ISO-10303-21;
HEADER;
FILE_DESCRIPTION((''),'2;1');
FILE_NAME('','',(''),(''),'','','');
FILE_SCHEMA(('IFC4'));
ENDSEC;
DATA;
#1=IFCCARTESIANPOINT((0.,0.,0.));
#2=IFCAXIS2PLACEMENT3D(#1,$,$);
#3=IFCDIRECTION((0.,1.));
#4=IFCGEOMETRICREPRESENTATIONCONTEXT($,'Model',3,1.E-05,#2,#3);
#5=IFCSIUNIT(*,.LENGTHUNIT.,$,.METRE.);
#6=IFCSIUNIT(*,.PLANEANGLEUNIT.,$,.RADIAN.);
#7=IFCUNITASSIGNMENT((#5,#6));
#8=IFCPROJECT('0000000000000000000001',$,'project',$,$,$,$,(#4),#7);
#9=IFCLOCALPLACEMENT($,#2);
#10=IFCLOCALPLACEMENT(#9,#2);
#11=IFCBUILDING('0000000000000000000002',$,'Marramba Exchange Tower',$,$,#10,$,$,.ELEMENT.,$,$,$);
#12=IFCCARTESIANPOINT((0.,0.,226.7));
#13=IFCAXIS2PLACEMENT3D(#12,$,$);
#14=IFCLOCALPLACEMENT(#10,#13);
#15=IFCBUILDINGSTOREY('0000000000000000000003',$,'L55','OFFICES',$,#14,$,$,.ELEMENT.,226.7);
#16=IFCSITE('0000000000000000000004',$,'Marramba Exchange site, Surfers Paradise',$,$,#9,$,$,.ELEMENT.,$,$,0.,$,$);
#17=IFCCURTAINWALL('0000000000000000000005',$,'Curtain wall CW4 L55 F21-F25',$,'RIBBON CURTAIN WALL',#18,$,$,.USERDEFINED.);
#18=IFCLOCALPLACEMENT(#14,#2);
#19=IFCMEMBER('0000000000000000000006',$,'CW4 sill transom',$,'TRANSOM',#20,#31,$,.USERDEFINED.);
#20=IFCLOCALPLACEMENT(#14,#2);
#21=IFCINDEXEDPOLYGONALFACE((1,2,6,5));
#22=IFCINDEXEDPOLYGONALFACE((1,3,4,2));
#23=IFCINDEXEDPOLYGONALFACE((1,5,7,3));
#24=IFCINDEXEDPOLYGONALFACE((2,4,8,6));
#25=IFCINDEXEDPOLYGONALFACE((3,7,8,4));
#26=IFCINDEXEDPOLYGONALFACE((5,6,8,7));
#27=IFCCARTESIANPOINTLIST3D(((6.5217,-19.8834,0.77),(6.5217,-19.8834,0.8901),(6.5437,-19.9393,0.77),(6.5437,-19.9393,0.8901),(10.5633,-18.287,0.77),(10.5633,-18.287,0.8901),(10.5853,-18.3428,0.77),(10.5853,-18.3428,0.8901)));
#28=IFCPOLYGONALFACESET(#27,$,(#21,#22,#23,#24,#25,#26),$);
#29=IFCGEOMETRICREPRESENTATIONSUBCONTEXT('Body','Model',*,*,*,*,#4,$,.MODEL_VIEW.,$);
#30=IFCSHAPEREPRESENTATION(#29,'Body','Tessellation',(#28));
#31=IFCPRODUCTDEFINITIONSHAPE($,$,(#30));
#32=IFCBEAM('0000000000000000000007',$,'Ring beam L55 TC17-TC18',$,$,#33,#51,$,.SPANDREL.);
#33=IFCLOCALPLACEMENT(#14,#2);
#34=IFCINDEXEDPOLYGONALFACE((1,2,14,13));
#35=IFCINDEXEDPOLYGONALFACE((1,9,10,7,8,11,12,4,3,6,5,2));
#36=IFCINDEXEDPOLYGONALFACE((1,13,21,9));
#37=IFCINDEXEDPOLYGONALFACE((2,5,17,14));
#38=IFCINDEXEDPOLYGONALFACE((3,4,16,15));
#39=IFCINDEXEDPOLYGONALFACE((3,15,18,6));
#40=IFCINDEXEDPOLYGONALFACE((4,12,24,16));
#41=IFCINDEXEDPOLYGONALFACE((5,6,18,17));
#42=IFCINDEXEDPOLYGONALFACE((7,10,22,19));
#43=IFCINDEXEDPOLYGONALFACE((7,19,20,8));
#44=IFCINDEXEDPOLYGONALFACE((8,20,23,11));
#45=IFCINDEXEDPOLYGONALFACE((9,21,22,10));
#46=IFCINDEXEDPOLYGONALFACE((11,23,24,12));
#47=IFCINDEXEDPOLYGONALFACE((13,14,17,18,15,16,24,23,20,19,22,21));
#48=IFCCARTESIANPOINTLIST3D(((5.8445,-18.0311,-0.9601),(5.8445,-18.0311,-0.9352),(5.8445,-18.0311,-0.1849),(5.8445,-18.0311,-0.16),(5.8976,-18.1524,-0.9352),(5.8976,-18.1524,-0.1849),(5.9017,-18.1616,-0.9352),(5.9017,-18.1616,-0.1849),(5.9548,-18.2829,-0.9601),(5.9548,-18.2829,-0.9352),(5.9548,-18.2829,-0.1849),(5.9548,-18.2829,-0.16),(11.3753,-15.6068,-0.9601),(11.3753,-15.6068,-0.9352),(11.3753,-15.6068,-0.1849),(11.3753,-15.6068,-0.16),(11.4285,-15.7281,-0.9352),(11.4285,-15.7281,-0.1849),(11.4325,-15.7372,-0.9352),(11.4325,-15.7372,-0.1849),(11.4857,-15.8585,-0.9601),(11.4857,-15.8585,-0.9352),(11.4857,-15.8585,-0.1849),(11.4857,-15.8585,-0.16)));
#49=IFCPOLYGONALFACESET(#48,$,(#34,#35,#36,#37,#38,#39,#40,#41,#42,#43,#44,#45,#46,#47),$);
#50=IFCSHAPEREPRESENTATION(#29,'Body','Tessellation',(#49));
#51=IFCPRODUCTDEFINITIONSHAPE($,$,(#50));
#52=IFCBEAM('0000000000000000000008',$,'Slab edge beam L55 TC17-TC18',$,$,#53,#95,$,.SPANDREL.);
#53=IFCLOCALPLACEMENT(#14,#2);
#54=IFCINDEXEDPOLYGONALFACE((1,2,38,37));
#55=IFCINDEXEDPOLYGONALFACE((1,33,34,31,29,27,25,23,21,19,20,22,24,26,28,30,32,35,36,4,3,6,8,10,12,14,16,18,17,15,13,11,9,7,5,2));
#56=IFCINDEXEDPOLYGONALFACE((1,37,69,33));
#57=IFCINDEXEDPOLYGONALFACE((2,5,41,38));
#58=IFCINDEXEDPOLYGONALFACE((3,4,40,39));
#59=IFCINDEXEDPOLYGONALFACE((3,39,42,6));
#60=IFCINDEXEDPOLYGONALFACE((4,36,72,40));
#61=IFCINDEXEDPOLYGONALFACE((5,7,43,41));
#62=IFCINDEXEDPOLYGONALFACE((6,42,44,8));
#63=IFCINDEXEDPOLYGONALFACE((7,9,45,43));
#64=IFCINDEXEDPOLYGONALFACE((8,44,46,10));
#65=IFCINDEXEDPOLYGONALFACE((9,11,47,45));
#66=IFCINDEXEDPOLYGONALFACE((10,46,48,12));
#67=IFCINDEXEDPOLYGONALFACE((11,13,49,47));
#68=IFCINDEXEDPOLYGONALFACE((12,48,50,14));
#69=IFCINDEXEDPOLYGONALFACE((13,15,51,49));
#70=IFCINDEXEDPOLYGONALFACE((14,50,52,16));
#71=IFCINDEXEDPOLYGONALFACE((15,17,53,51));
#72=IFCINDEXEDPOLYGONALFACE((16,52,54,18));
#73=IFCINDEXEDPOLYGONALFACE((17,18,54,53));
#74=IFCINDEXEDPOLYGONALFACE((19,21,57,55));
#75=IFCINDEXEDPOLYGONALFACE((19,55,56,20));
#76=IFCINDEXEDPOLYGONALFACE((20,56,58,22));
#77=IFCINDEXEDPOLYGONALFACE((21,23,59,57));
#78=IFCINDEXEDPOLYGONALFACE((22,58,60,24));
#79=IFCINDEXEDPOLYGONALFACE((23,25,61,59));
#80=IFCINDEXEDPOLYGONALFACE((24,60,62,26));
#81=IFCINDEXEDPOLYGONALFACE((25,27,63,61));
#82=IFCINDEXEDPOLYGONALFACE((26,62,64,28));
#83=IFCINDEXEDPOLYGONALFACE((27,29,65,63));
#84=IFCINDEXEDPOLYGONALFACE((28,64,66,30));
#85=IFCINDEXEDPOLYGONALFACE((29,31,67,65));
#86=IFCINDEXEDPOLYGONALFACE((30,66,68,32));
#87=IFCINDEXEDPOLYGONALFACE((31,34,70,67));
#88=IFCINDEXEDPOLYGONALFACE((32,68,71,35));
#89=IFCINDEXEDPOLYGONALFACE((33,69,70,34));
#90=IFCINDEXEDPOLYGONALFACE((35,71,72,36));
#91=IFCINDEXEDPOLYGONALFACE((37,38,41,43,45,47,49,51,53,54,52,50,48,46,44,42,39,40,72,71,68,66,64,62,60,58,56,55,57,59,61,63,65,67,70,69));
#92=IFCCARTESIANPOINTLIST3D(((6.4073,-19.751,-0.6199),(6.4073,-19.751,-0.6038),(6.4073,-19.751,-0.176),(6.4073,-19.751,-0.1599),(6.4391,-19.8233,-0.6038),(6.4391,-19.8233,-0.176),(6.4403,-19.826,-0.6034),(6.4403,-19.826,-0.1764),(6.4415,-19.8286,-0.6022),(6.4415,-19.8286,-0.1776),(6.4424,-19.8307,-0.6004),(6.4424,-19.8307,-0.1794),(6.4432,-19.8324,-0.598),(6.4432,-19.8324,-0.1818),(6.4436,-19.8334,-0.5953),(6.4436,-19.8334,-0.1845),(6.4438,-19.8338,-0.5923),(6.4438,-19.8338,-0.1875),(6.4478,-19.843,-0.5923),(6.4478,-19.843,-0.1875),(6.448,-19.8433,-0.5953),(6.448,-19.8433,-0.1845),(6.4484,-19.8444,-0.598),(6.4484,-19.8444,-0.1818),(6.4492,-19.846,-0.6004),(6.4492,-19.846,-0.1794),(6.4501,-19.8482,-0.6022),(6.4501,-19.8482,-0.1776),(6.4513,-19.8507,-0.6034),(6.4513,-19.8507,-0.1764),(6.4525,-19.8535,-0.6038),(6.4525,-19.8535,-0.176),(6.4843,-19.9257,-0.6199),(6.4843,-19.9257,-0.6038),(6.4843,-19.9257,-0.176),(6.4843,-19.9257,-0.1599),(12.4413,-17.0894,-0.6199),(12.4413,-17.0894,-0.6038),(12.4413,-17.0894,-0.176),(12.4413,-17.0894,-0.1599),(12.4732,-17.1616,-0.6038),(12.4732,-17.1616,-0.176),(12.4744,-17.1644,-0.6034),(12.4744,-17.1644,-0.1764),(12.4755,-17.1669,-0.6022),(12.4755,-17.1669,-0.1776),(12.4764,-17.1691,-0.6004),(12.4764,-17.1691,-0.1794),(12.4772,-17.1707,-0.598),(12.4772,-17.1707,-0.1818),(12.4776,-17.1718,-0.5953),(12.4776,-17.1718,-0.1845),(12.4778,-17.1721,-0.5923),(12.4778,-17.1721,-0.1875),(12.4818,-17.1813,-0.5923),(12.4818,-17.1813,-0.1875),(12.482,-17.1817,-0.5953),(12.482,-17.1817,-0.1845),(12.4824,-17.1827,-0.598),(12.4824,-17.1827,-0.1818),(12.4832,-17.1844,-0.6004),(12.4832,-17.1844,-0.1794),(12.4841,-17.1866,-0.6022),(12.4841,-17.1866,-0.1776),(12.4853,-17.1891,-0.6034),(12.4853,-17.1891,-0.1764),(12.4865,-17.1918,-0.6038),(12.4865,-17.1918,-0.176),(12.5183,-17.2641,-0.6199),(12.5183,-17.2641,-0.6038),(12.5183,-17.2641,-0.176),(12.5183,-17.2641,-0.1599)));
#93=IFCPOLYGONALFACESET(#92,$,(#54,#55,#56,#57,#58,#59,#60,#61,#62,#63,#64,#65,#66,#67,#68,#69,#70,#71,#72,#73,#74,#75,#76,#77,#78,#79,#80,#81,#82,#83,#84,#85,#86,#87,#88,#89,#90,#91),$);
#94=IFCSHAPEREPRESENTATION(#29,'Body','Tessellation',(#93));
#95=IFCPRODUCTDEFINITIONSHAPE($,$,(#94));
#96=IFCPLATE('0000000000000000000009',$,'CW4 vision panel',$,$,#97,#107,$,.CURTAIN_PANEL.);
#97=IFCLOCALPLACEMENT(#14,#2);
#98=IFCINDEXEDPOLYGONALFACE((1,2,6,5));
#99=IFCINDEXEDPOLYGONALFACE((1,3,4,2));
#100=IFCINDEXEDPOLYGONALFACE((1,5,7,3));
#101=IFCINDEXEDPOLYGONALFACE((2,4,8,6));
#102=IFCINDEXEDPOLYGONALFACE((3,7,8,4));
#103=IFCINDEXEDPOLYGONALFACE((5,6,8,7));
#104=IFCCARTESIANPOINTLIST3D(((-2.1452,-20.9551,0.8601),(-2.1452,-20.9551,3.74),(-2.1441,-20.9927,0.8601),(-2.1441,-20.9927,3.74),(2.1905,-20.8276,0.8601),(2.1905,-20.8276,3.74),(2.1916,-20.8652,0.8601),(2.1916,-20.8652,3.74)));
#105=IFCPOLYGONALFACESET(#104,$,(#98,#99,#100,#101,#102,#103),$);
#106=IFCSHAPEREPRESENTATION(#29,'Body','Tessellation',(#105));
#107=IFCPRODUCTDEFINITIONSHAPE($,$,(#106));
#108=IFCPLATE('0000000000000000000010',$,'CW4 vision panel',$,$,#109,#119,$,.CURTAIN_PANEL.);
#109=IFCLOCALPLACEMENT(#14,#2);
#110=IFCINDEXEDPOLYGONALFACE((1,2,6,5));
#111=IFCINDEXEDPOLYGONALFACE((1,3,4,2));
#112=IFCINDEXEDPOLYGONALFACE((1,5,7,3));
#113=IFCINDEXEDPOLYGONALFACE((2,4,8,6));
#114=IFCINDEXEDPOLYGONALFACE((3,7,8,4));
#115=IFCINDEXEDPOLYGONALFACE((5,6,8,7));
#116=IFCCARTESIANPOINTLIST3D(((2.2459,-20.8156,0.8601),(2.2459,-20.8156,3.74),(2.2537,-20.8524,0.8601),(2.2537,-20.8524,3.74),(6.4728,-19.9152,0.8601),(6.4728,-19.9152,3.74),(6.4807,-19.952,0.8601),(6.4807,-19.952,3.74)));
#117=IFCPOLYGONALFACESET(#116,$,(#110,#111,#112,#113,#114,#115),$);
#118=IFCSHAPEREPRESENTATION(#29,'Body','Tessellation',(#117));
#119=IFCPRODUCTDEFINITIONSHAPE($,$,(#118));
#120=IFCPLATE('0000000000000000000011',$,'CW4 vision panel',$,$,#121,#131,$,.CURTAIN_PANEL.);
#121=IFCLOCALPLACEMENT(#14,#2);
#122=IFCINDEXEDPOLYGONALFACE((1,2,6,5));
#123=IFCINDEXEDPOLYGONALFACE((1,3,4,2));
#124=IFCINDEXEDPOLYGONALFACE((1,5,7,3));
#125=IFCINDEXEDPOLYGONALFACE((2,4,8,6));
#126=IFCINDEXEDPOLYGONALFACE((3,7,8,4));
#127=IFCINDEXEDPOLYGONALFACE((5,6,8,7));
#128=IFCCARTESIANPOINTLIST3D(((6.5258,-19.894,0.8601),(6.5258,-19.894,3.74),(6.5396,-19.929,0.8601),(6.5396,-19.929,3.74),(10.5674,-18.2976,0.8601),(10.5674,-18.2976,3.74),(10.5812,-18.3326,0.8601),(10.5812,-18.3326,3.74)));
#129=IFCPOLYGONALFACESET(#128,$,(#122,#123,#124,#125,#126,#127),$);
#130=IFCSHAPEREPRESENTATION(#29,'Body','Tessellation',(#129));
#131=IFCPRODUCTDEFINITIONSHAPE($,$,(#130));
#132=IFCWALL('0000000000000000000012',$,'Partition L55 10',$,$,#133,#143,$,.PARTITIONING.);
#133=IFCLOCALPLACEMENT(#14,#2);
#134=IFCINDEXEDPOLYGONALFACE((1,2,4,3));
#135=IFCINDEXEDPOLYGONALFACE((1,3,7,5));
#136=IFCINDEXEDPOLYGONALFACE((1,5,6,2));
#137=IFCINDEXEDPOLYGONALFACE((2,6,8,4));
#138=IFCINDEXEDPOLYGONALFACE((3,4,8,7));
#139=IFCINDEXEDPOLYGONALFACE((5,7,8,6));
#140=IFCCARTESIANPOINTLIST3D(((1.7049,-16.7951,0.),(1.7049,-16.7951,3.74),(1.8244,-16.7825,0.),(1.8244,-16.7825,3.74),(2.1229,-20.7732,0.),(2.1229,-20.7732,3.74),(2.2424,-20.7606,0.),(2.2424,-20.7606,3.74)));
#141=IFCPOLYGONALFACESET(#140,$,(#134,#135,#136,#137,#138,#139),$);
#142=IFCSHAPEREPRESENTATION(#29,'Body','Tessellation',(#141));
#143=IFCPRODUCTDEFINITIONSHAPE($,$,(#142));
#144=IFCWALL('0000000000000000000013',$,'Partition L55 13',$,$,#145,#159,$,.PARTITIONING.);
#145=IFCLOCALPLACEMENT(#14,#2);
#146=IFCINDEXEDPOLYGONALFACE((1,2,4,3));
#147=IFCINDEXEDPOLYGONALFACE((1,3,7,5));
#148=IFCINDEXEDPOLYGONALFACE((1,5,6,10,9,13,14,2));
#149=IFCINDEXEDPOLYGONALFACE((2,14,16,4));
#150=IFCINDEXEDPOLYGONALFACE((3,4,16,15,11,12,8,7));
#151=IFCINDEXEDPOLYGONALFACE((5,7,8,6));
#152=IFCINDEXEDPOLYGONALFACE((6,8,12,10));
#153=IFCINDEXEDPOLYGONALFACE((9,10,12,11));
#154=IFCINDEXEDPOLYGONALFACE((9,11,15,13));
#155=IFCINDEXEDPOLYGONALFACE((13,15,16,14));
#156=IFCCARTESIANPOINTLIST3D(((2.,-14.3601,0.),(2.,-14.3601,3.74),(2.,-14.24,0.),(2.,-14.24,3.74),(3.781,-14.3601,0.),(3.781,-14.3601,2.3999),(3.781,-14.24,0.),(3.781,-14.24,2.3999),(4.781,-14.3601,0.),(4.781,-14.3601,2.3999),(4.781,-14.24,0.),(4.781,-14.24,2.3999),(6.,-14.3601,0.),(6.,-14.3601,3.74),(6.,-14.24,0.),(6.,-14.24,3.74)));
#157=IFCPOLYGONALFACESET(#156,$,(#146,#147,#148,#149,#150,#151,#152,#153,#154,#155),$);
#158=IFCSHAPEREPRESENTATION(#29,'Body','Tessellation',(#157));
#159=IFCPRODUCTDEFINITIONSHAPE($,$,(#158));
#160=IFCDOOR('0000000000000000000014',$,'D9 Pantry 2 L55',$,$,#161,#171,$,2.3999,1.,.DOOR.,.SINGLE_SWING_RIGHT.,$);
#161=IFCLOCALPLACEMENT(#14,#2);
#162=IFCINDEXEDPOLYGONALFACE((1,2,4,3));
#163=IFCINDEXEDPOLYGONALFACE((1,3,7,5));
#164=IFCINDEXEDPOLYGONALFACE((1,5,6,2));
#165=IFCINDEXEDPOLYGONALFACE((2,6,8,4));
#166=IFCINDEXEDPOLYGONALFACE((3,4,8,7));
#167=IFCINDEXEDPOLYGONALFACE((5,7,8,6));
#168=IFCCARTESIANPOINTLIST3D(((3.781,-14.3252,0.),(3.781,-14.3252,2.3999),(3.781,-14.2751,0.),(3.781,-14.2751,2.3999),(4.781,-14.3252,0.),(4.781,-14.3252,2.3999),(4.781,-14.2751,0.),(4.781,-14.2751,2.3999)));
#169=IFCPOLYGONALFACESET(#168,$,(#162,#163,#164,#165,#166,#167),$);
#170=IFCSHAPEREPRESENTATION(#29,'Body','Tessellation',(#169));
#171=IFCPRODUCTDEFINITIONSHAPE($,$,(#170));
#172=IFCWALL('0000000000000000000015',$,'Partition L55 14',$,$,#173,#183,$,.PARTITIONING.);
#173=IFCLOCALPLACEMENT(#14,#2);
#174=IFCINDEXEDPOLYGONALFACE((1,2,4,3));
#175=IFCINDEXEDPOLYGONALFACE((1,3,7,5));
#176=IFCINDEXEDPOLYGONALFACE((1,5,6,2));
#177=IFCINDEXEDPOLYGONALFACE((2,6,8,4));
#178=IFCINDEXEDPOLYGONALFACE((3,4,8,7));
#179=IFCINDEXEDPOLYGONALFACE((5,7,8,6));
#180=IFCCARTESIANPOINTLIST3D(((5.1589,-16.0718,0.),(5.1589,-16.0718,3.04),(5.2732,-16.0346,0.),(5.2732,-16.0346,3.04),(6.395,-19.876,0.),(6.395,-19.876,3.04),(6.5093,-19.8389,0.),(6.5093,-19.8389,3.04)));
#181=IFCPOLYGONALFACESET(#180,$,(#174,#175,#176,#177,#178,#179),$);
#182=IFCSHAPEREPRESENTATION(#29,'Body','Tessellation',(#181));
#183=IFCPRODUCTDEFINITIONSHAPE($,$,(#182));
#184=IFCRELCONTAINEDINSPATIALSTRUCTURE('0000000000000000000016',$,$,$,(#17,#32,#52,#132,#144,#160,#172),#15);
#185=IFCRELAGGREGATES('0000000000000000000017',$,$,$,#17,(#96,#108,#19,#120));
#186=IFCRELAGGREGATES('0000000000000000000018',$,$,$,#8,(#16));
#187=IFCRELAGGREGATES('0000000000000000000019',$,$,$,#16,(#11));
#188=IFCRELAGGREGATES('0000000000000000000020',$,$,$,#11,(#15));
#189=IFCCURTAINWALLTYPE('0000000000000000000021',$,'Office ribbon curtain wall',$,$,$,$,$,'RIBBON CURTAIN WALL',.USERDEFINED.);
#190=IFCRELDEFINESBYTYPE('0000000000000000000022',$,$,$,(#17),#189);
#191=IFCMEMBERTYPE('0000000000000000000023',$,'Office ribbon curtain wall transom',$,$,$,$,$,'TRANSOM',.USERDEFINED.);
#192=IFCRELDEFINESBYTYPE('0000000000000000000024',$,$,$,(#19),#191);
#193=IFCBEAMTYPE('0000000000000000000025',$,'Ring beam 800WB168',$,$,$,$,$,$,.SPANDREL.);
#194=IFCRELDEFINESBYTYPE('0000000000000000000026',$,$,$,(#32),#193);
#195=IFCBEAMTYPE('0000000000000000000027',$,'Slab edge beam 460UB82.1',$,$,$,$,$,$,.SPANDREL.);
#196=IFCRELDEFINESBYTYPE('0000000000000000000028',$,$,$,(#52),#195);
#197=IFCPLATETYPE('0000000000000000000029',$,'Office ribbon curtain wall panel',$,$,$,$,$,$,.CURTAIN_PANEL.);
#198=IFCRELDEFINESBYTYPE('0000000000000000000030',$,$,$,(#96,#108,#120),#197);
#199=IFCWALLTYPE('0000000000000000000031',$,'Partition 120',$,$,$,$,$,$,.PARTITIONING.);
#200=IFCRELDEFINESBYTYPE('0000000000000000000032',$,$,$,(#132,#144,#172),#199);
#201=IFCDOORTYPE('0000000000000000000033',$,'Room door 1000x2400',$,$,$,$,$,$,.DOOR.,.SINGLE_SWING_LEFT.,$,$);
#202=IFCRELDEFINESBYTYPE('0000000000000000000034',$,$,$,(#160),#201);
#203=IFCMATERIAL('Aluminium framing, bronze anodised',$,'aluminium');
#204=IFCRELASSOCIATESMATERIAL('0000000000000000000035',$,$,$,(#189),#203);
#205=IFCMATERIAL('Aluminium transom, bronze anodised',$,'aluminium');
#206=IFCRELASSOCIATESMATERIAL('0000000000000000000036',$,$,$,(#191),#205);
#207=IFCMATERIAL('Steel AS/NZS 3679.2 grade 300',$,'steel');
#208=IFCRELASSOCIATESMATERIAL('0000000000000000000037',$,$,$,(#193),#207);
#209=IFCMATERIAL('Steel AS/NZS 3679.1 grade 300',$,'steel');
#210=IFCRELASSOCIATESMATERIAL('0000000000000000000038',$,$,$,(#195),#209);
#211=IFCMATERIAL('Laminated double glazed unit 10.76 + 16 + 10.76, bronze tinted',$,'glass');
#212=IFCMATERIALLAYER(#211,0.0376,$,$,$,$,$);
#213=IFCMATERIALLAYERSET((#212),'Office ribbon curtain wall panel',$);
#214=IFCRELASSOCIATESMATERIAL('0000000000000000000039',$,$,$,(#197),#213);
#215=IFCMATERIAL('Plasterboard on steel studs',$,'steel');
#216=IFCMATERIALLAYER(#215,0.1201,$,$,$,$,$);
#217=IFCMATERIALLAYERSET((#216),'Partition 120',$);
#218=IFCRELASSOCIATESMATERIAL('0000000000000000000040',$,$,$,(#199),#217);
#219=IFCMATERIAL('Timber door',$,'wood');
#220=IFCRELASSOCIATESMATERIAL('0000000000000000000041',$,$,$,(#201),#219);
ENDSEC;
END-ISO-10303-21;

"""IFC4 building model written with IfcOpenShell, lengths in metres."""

from ifc_helpers import new_model, si_unit, direction, frame, frame_2d, origin, origin_2d, place, context, subcontext, project, spatial, rectangle, i_section, extrude, material, layer, layer_set, material_profile, profile_set, type_object, element, fill, aggregate, save


model = new_model("IFC4")

# Units and contexts
model_context = context("Model", 3, precision=1e-05, world=origin(), true_north=direction((0.0, 1.0)))
body_context = subcontext(model_context, "Body", "Model", "MODEL_VIEW")
ifc_project = project(units=[si_unit("LENGTHUNIT", "METRE"), si_unit("PLANEANGLEUNIT", "RADIAN")], contexts=[model_context])

# Site, building, storey
site_placement = place(None, origin())
site = spatial("IfcSite", under=ifc_project, at=site_placement, Name="Marramba Exchange site, Surfers Paradise", CompositionType="ELEMENT", RefElevation=0.0)
building_placement = place(site_placement, origin())
building = spatial("IfcBuilding", under=site, at=building_placement, Name="Marramba Exchange Tower", CompositionType="ELEMENT")
storey_placement = place(building_placement, frame((0.0, 0.0, 226.7)))
storey = spatial("IfcBuildingStorey", under=building, at=storey_placement, Name="L55", Description="OFFICES", CompositionType="ELEMENT", Elevation=226.7)

# Shared definitions
ifc_material_1 = material(Name="Steel AS/NZS 3679.2 grade 300", Category="steel")
ifc_material_2 = material(Name="Steel AS/NZS 3679.1 grade 300", Category="steel")

# Curtain wall
ifc_material_3 = material(Name="Aluminium framing, bronze anodised", Category="aluminium")
curtain_wall_type = type_object("IfcCurtainWallType", Name="Office ribbon curtain wall", ElementType="RIBBON CURTAIN WALL", PredefinedType="USERDEFINED", material=ifc_material_3)
curtain_wall_1_placement = place(storey_placement, origin())
curtain_wall_1 = element("IfcCurtainWall", 1, at=curtain_wall_1_placement, inside=storey, type_object=curtain_wall_type, Name="Curtain wall CW4 L55 F21-F25", ObjectType="RIBBON CURTAIN WALL", PredefinedType="USERDEFINED")

# Member
ifc_material_4 = material(Name="Aluminium transom, bronze anodised", Category="aluminium")
ifc_material_profile_1 = material_profile(ifc_material_4, rectangle(XDim=0.0601, YDim=0.1201, at=origin_2d()), Name="CW4 transom 60x120")
ifc_profile_set_1 = profile_set([ifc_material_profile_1], Name="Aluminium transom, bronze anodised")
member_type_1 = type_object("IfcMemberType", Name="Office ribbon curtain wall transom", ElementType="TRANSOM", PredefinedType="USERDEFINED", material=ifc_profile_set_1)
member_1_placement = place(storey_placement, frame((6.5327, -19.9114, 0.8301), z_axis=(0.930068, 0.367387, 0.0), x_axis=(-0.367387, 0.930068, 0.0)))
member_1 = element("IfcMember", 2, at=member_1_placement, type_object=member_type_1, Name="CW4 sill transom", ObjectType="TRANSOM", PredefinedType="USERDEFINED", context=body_context, shape_type="SweptSolid", body=[
    extrude(rectangle(XDim=0.0601, YDim=0.1201, at=origin_2d()), origin(), (0.0, 0.0, 1.0), 4.3455),
])

# Beams
ifc_material_profile_2 = material_profile(ifc_material_1, i_section(OverallWidth=0.2749, OverallDepth=0.8, WebThickness=0.01, FlangeThickness=0.0249, at=origin_2d()), Name="800WB168")
ifc_profile_set_2 = profile_set([ifc_material_profile_2], Name="Steel AS/NZS 3679.2 grade 300")
beam_type_1 = type_object("IfcBeamType", Name="Ring beam 800WB168", PredefinedType="SPANDREL", material=ifc_profile_set_2)
beam_1_placement = place(storey_placement, frame((5.8997, -18.157, -0.5601), z_axis=(0.915877, 0.401459, 0.0), x_axis=(-0.401459, 0.915877, 0.0)))
element("IfcBeam", 3, at=beam_1_placement, inside=storey, type_object=beam_type_1, Name="Ring beam L55 TC17-TC18", PredefinedType="SPANDREL", context=body_context, shape_type="SweptSolid", body=[
    extrude(i_section(OverallWidth=0.2749, OverallDepth=0.8, WebThickness=0.01, FlangeThickness=0.0249, at=origin_2d()), origin(), (0.0, 0.0, 1.0), 6.0388),
])
ifc_material_profile_3 = material_profile(ifc_material_2, i_section(OverallWidth=0.1909, OverallDepth=0.46, WebThickness=0.01, FlangeThickness=0.0161, FilletRadius=0.0115, at=origin_2d()), Name="460UB82.1")
ifc_profile_set_3 = profile_set([ifc_material_profile_3], Name="Steel AS/NZS 3679.1 grade 300")
beam_type_2 = type_object("IfcBeamType", Name="Slab edge beam 460UB82.1", PredefinedType="SPANDREL", material=ifc_profile_set_3)
beam_2_placement = place(storey_placement, frame((6.4458, -19.8384, -0.3899), z_axis=(0.914941, 0.403588, 0.0), x_axis=(-0.403588, 0.914941, 0.0)))
element("IfcBeam", 4, at=beam_2_placement, inside=storey, type_object=beam_type_2, Name="Slab edge beam L55 TC17-TC18", PredefinedType="SPANDREL", context=body_context, shape_type="SweptSolid", body=[
    extrude(i_section(OverallWidth=0.1909, OverallDepth=0.46, WebThickness=0.01, FlangeThickness=0.0161, FilletRadius=0.0115, at=origin_2d()), origin(), (0.0, 0.0, 1.0), 6.595),
])

# Plates
ifc_material_5 = material(Name="Laminated double glazed unit 10.76 + 16 + 10.76, bronze tinted", Category="glass")
ifc_layer_1 = layer(ifc_material_5, 0.0376)
ifc_layer_set_1 = layer_set([ifc_layer_1], Name="Office ribbon curtain wall panel")
plate_type = type_object("IfcPlateType", Name="Office ribbon curtain wall panel", PredefinedType="CURTAIN_PANEL", material=ifc_layer_set_1)
plate_1_placement = place(storey_placement, frame((0.0232, -20.9102, 0.8601), z_axis=(0.0, 0.0, 1.0), x_axis=(0.999568, 0.029393, 0.0)))
plate_1 = element("IfcPlate", 5, at=plate_1_placement, type_object=plate_type, Name="CW4 vision panel", PredefinedType="CURTAIN_PANEL", context=body_context, shape_type="SweptSolid", body=[
    extrude(rectangle(XDim=4.3376, YDim=0.0376, at=origin_2d()), origin(), (0.0, 0.0, 1.0), 2.8799),
])
plate_2_placement = place(storey_placement, frame((4.3633, -20.3838, 0.8601), z_axis=(0.0, 0.0, 1.0), x_axis=(0.978058, 0.208332, 0.0)))
plate_2 = element("IfcPlate", 6, at=plate_2_placement, type_object=plate_type, Name="CW4 vision panel", PredefinedType="CURTAIN_PANEL", context=body_context, shape_type="SweptSolid", body=[
    extrude(rectangle(XDim=4.3218, YDim=0.0376, at=origin_2d()), origin(), (0.0, 0.0, 1.0), 2.8799),
])
plate_3_placement = place(storey_placement, frame((8.5535, -19.1133, 0.8601), z_axis=(0.0, 0.0, 1.0), x_axis=(0.930073, 0.367375, 0.0)))
plate_3 = element("IfcPlate", 7, at=plate_3_placement, type_object=plate_type, Name="CW4 vision panel", PredefinedType="CURTAIN_PANEL", context=body_context, shape_type="SweptSolid", body=[
    extrude(rectangle(XDim=4.3455, YDim=0.0376, at=origin_2d()), origin(), (0.0, 0.0, 1.0), 2.8799),
])
aggregate(curtain_wall_1, [plate_1, plate_2, member_1, plate_3])

# Wall
ifc_material_6 = material(Name="Plasterboard on steel studs", Category="steel")
ifc_layer_2 = layer(ifc_material_6, 0.1201)
ifc_layer_set_2 = layer_set([ifc_layer_2], Name="Partition 120")
wall_type = type_object("IfcWallType", Name="Partition 120", PredefinedType="PARTITIONING", material=ifc_layer_set_2)
wall_1_placement = place(storey_placement, frame((1.7646, -16.7888, 0.0), z_axis=(0.0, 0.0, 1.0), x_axis=(0.104494, -0.994526, 0.0)))
element("IfcWall", 8, at=wall_1_placement, inside=storey, type_object=wall_type, Name="Partition L55 10", PredefinedType="PARTITIONING", context=body_context, shape_type="SweptSolid", body=[
    extrude(rectangle(XDim=4.0, YDim=0.1201, at=frame_2d((2.0, 0.0))), origin(), (0.0, 0.0, 1.0), 3.74),
])

# Wall, opening, door
ifc_material_7 = material(Name="Timber door", Category="wood")
door_type = type_object("IfcDoorType", Name="Room door 1000x2400", OperationType="SINGLE_SWING_LEFT", PredefinedType="DOOR", material=ifc_material_7)
wall_2_placement = place(storey_placement, frame((2.0, -14.3, 0.0), z_axis=(0.0, 0.0, 1.0), x_axis=(1.0, 0.0, 0.0)))
wall_2 = element("IfcWall", 9, at=wall_2_placement, inside=storey, type_object=wall_type, Name="Partition L55 13", PredefinedType="PARTITIONING", context=body_context, shape_type="SweptSolid", body=[
    extrude(rectangle(XDim=4.0, YDim=0.1201, at=frame_2d((2.0, 0.0))), origin(), (0.0, 0.0, 1.0), 3.74),
])
opening_1_placement = place(wall_2_placement, frame((1.781, 0.0, 0.0)))
opening_1 = element("IfcOpeningElement", 10, at=opening_1_placement, cuts=wall_2, PredefinedType="OPENING", context=body_context, shape_type="SweptSolid", body=[
    extrude(rectangle(XDim=1.0, YDim=2.3999, at=frame_2d((0.5, 1.2))), frame((0.0, 0.0701, 0.0), z_axis=(0.0, -1.0, 0.0), x_axis=(1.0, 0.0, 0.0)), (0.0, 0.0, 1.0), 0.1401),
])
door_1_placement = place(opening_1_placement, origin())
door_1 = element("IfcDoor", 11, at=door_1_placement, inside=storey, type_object=door_type, Name="D9 Pantry 2 L55", OperationType="SINGLE_SWING_RIGHT", OverallHeight=2.3999, OverallWidth=1.0, PredefinedType="DOOR", context=body_context, shape_type="SweptSolid", body=[
    extrude(rectangle(XDim=1.0, YDim=2.3999, at=frame_2d((0.5, 1.2))), frame((0.0, 0.0249, 0.0), z_axis=(0.0, -1.0, 0.0), x_axis=(1.0, 0.0, 0.0)), (0.0, 0.0, 1.0), 0.05),
])
fill(opening_1, door_1)

# Wall
wall_3_placement = place(storey_placement, frame((6.4521, -19.8574, 0.0), z_axis=(0.0, 0.0, 1.0), x_axis=(-0.309023, 0.951055, 0.0)))
element("IfcWall", 12, at=wall_3_placement, inside=storey, type_object=wall_type, Name="Partition L55 14", PredefinedType="PARTITIONING", context=body_context, shape_type="SweptSolid", body=[
    extrude(rectangle(XDim=4.0, YDim=0.1201, at=frame_2d((2.0, 0.0))), origin(), (0.0, 0.0, 1.0), 3.04),
])

save(model, "model.ifc")
